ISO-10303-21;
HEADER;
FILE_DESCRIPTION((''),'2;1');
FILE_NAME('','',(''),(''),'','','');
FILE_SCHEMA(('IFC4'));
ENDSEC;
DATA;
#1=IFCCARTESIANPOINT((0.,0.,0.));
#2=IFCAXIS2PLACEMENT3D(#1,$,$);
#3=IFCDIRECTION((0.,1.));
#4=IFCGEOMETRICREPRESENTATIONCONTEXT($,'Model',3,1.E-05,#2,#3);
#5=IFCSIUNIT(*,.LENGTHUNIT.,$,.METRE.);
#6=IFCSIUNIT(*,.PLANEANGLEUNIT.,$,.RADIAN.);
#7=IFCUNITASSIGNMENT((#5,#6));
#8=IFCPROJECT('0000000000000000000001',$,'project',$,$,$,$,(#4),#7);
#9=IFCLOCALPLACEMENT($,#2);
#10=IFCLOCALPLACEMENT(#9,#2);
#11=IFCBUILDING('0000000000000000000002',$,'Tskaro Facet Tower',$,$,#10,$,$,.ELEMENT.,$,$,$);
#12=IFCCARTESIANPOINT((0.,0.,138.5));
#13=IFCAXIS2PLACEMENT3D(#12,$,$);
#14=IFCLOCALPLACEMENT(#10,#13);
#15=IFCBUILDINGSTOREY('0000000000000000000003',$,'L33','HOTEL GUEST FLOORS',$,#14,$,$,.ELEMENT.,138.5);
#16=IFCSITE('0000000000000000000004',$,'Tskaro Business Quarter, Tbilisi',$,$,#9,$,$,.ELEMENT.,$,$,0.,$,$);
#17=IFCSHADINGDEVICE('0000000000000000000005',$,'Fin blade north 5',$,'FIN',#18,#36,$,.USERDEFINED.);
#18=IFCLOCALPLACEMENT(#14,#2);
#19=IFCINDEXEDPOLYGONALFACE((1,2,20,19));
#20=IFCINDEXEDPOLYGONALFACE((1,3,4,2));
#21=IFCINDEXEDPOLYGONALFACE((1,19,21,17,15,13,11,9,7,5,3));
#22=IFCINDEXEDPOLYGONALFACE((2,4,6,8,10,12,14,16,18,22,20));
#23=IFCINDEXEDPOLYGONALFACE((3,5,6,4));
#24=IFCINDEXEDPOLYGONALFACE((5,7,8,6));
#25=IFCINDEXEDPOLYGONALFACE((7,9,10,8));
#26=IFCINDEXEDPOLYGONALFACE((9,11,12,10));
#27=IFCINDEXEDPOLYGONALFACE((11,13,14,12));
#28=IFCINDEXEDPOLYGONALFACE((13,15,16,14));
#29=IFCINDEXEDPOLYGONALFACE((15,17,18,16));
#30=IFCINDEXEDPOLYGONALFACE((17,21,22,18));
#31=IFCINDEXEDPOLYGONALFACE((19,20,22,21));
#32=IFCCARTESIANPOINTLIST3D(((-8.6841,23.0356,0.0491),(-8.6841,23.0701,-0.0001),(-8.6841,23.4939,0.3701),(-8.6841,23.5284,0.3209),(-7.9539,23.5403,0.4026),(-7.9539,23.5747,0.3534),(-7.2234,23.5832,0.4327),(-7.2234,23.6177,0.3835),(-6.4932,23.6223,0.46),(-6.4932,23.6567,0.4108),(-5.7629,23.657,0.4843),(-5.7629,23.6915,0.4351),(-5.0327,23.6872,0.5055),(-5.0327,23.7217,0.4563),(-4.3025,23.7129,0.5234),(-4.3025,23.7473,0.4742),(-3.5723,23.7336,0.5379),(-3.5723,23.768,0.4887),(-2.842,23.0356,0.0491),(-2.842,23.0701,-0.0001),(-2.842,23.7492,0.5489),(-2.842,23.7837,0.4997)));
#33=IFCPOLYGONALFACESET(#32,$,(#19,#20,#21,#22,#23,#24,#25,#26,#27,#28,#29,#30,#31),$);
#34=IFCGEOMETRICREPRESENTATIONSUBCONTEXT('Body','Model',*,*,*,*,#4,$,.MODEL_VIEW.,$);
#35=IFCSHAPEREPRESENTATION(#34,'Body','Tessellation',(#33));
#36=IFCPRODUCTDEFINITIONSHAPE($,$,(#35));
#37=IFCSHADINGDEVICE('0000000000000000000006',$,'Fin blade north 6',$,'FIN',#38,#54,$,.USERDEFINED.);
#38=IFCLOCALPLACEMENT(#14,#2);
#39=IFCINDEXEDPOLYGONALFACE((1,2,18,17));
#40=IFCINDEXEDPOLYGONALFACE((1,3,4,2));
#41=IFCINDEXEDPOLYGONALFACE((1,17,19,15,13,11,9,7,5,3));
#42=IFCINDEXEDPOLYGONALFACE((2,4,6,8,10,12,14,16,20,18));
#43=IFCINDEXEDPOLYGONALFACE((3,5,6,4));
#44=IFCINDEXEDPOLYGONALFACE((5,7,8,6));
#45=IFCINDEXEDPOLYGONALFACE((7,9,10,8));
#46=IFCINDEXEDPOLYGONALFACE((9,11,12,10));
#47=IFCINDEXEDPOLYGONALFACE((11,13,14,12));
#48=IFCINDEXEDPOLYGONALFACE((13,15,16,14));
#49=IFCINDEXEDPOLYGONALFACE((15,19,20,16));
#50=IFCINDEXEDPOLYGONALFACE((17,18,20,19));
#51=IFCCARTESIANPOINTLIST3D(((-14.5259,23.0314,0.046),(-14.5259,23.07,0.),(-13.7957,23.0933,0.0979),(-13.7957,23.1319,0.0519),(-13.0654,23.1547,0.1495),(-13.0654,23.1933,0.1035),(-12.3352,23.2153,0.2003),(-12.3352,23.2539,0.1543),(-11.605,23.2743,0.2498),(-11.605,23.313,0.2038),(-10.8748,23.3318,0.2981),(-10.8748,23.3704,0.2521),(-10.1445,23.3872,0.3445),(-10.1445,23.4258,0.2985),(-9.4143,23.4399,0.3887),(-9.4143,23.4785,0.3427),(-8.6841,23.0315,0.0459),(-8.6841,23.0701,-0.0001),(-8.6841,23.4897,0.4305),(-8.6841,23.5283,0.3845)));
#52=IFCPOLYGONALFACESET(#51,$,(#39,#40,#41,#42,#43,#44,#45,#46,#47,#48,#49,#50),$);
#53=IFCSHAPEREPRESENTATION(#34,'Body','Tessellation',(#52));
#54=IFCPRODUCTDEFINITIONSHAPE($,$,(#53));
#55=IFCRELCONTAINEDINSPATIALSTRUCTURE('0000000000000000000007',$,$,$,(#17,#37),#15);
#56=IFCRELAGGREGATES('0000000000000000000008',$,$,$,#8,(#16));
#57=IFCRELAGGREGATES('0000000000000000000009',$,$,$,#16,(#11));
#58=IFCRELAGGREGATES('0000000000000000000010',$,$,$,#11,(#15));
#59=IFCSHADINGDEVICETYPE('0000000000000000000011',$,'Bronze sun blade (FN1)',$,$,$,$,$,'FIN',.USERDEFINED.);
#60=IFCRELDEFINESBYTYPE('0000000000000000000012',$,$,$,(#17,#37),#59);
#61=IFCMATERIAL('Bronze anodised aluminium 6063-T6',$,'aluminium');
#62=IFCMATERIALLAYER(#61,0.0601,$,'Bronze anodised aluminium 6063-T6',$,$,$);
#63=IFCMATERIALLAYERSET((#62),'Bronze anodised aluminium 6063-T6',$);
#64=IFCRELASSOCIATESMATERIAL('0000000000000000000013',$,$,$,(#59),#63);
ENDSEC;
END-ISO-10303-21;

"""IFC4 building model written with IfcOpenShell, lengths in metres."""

from ifc_helpers import new_model, si_unit, direction, frame, origin, place, context, subcontext, project, spatial, polyline, outline, extrude, material, layer, layer_set, type_object, element, save


model = new_model("IFC4")

# Units and contexts
model_context = context("Model", 3, precision=1e-05, world=origin(), true_north=direction((0.0, 1.0)))
body_context = subcontext(model_context, "Body", "Model", "MODEL_VIEW")
ifc_project = project(units=[si_unit("LENGTHUNIT", "METRE"), si_unit("PLANEANGLEUNIT", "RADIAN")], contexts=[model_context])

# Site, building, storey
site_placement = place(None, origin())
site = spatial("IfcSite", under=ifc_project, at=site_placement, Name="Tskaro Business Quarter, Tbilisi", CompositionType="ELEMENT", RefElevation=0.0)
building_placement = place(site_placement, origin())
building = spatial("IfcBuilding", under=site, at=building_placement, Name="Tskaro Facet Tower", CompositionType="ELEMENT")
storey_placement = place(building_placement, frame((0.0, 0.0, 138.5)))
storey = spatial("IfcBuildingStorey", under=building, at=storey_placement, Name="L33", Description="HOTEL GUEST FLOORS", CompositionType="ELEMENT", Elevation=138.5)

# Shared definitions
ifc_material_1 = material(Name="Bronze anodised aluminium 6063-T6", Category="aluminium")

# Shading devices
ifc_layer_1 = layer(ifc_material_1, 0.0601, Name="Bronze anodised aluminium 6063-T6")
ifc_layer_set_1 = layer_set([ifc_layer_1], Name="Bronze anodised aluminium 6063-T6")
shading_device_type = type_object("IfcShadingDeviceType", Name="Bronze sun blade (FN1)", ElementType="FIN", PredefinedType="USERDEFINED", material=ifc_layer_set_1)
shading_device_1_placement = place(storey_placement, frame((-2.842, 23.0356, 0.0491), z_axis=(0.000011, -0.573683, 0.819078), x_axis=(-1.0, -0.000006, 0.000009)))
element("IfcShadingDevice", 1, at=shading_device_1_placement, inside=storey, type_object=shading_device_type, Name="Fin blade north 5", ObjectType="FIN", PredefinedType="USERDEFINED", context=body_context, shape_type="SweptSolid", body=[
    extrude(outline(polyline([(0.0, 0.0), (5.842, 0.0), (5.842, -0.5595), (5.1118, -0.6161), (4.3813, -0.6686), (3.6511, -0.7162), (2.9209, -0.7586), (2.1907, -0.7955), (1.4604, -0.8269), (0.7302, -0.8521), (0.0, -0.8712), (0.0, 0.0)])), origin(), (0.0, 0.0, -1.0), 0.0601),
])
shading_device_2_placement = place(storey_placement, frame((-8.6841, 23.0315, 0.0459), z_axis=(0.000021, -0.642946, 0.765912), x_axis=(-1.0, -0.000014, 0.000016)))
element("IfcShadingDevice", 2, at=shading_device_2_placement, inside=storey, type_object=shading_device_type, Name="Fin blade north 6", ObjectType="FIN", PredefinedType="USERDEFINED", context=body_context, shape_type="SweptSolid", body=[
    extrude(outline(polyline([(0.0, 0.0), (5.8418, 0.0), (5.1116, -0.0807), (4.3813, -0.161), (3.6511, -0.24), (2.9209, -0.3171), (2.1907, -0.3921), (1.4604, -0.4644), (0.7302, -0.5332), (0.0, -0.5982), (0.0, 0.0)])), origin(), (0.0, 0.0, -1.0), 0.0601),
])

save(model, "model.ifc")
